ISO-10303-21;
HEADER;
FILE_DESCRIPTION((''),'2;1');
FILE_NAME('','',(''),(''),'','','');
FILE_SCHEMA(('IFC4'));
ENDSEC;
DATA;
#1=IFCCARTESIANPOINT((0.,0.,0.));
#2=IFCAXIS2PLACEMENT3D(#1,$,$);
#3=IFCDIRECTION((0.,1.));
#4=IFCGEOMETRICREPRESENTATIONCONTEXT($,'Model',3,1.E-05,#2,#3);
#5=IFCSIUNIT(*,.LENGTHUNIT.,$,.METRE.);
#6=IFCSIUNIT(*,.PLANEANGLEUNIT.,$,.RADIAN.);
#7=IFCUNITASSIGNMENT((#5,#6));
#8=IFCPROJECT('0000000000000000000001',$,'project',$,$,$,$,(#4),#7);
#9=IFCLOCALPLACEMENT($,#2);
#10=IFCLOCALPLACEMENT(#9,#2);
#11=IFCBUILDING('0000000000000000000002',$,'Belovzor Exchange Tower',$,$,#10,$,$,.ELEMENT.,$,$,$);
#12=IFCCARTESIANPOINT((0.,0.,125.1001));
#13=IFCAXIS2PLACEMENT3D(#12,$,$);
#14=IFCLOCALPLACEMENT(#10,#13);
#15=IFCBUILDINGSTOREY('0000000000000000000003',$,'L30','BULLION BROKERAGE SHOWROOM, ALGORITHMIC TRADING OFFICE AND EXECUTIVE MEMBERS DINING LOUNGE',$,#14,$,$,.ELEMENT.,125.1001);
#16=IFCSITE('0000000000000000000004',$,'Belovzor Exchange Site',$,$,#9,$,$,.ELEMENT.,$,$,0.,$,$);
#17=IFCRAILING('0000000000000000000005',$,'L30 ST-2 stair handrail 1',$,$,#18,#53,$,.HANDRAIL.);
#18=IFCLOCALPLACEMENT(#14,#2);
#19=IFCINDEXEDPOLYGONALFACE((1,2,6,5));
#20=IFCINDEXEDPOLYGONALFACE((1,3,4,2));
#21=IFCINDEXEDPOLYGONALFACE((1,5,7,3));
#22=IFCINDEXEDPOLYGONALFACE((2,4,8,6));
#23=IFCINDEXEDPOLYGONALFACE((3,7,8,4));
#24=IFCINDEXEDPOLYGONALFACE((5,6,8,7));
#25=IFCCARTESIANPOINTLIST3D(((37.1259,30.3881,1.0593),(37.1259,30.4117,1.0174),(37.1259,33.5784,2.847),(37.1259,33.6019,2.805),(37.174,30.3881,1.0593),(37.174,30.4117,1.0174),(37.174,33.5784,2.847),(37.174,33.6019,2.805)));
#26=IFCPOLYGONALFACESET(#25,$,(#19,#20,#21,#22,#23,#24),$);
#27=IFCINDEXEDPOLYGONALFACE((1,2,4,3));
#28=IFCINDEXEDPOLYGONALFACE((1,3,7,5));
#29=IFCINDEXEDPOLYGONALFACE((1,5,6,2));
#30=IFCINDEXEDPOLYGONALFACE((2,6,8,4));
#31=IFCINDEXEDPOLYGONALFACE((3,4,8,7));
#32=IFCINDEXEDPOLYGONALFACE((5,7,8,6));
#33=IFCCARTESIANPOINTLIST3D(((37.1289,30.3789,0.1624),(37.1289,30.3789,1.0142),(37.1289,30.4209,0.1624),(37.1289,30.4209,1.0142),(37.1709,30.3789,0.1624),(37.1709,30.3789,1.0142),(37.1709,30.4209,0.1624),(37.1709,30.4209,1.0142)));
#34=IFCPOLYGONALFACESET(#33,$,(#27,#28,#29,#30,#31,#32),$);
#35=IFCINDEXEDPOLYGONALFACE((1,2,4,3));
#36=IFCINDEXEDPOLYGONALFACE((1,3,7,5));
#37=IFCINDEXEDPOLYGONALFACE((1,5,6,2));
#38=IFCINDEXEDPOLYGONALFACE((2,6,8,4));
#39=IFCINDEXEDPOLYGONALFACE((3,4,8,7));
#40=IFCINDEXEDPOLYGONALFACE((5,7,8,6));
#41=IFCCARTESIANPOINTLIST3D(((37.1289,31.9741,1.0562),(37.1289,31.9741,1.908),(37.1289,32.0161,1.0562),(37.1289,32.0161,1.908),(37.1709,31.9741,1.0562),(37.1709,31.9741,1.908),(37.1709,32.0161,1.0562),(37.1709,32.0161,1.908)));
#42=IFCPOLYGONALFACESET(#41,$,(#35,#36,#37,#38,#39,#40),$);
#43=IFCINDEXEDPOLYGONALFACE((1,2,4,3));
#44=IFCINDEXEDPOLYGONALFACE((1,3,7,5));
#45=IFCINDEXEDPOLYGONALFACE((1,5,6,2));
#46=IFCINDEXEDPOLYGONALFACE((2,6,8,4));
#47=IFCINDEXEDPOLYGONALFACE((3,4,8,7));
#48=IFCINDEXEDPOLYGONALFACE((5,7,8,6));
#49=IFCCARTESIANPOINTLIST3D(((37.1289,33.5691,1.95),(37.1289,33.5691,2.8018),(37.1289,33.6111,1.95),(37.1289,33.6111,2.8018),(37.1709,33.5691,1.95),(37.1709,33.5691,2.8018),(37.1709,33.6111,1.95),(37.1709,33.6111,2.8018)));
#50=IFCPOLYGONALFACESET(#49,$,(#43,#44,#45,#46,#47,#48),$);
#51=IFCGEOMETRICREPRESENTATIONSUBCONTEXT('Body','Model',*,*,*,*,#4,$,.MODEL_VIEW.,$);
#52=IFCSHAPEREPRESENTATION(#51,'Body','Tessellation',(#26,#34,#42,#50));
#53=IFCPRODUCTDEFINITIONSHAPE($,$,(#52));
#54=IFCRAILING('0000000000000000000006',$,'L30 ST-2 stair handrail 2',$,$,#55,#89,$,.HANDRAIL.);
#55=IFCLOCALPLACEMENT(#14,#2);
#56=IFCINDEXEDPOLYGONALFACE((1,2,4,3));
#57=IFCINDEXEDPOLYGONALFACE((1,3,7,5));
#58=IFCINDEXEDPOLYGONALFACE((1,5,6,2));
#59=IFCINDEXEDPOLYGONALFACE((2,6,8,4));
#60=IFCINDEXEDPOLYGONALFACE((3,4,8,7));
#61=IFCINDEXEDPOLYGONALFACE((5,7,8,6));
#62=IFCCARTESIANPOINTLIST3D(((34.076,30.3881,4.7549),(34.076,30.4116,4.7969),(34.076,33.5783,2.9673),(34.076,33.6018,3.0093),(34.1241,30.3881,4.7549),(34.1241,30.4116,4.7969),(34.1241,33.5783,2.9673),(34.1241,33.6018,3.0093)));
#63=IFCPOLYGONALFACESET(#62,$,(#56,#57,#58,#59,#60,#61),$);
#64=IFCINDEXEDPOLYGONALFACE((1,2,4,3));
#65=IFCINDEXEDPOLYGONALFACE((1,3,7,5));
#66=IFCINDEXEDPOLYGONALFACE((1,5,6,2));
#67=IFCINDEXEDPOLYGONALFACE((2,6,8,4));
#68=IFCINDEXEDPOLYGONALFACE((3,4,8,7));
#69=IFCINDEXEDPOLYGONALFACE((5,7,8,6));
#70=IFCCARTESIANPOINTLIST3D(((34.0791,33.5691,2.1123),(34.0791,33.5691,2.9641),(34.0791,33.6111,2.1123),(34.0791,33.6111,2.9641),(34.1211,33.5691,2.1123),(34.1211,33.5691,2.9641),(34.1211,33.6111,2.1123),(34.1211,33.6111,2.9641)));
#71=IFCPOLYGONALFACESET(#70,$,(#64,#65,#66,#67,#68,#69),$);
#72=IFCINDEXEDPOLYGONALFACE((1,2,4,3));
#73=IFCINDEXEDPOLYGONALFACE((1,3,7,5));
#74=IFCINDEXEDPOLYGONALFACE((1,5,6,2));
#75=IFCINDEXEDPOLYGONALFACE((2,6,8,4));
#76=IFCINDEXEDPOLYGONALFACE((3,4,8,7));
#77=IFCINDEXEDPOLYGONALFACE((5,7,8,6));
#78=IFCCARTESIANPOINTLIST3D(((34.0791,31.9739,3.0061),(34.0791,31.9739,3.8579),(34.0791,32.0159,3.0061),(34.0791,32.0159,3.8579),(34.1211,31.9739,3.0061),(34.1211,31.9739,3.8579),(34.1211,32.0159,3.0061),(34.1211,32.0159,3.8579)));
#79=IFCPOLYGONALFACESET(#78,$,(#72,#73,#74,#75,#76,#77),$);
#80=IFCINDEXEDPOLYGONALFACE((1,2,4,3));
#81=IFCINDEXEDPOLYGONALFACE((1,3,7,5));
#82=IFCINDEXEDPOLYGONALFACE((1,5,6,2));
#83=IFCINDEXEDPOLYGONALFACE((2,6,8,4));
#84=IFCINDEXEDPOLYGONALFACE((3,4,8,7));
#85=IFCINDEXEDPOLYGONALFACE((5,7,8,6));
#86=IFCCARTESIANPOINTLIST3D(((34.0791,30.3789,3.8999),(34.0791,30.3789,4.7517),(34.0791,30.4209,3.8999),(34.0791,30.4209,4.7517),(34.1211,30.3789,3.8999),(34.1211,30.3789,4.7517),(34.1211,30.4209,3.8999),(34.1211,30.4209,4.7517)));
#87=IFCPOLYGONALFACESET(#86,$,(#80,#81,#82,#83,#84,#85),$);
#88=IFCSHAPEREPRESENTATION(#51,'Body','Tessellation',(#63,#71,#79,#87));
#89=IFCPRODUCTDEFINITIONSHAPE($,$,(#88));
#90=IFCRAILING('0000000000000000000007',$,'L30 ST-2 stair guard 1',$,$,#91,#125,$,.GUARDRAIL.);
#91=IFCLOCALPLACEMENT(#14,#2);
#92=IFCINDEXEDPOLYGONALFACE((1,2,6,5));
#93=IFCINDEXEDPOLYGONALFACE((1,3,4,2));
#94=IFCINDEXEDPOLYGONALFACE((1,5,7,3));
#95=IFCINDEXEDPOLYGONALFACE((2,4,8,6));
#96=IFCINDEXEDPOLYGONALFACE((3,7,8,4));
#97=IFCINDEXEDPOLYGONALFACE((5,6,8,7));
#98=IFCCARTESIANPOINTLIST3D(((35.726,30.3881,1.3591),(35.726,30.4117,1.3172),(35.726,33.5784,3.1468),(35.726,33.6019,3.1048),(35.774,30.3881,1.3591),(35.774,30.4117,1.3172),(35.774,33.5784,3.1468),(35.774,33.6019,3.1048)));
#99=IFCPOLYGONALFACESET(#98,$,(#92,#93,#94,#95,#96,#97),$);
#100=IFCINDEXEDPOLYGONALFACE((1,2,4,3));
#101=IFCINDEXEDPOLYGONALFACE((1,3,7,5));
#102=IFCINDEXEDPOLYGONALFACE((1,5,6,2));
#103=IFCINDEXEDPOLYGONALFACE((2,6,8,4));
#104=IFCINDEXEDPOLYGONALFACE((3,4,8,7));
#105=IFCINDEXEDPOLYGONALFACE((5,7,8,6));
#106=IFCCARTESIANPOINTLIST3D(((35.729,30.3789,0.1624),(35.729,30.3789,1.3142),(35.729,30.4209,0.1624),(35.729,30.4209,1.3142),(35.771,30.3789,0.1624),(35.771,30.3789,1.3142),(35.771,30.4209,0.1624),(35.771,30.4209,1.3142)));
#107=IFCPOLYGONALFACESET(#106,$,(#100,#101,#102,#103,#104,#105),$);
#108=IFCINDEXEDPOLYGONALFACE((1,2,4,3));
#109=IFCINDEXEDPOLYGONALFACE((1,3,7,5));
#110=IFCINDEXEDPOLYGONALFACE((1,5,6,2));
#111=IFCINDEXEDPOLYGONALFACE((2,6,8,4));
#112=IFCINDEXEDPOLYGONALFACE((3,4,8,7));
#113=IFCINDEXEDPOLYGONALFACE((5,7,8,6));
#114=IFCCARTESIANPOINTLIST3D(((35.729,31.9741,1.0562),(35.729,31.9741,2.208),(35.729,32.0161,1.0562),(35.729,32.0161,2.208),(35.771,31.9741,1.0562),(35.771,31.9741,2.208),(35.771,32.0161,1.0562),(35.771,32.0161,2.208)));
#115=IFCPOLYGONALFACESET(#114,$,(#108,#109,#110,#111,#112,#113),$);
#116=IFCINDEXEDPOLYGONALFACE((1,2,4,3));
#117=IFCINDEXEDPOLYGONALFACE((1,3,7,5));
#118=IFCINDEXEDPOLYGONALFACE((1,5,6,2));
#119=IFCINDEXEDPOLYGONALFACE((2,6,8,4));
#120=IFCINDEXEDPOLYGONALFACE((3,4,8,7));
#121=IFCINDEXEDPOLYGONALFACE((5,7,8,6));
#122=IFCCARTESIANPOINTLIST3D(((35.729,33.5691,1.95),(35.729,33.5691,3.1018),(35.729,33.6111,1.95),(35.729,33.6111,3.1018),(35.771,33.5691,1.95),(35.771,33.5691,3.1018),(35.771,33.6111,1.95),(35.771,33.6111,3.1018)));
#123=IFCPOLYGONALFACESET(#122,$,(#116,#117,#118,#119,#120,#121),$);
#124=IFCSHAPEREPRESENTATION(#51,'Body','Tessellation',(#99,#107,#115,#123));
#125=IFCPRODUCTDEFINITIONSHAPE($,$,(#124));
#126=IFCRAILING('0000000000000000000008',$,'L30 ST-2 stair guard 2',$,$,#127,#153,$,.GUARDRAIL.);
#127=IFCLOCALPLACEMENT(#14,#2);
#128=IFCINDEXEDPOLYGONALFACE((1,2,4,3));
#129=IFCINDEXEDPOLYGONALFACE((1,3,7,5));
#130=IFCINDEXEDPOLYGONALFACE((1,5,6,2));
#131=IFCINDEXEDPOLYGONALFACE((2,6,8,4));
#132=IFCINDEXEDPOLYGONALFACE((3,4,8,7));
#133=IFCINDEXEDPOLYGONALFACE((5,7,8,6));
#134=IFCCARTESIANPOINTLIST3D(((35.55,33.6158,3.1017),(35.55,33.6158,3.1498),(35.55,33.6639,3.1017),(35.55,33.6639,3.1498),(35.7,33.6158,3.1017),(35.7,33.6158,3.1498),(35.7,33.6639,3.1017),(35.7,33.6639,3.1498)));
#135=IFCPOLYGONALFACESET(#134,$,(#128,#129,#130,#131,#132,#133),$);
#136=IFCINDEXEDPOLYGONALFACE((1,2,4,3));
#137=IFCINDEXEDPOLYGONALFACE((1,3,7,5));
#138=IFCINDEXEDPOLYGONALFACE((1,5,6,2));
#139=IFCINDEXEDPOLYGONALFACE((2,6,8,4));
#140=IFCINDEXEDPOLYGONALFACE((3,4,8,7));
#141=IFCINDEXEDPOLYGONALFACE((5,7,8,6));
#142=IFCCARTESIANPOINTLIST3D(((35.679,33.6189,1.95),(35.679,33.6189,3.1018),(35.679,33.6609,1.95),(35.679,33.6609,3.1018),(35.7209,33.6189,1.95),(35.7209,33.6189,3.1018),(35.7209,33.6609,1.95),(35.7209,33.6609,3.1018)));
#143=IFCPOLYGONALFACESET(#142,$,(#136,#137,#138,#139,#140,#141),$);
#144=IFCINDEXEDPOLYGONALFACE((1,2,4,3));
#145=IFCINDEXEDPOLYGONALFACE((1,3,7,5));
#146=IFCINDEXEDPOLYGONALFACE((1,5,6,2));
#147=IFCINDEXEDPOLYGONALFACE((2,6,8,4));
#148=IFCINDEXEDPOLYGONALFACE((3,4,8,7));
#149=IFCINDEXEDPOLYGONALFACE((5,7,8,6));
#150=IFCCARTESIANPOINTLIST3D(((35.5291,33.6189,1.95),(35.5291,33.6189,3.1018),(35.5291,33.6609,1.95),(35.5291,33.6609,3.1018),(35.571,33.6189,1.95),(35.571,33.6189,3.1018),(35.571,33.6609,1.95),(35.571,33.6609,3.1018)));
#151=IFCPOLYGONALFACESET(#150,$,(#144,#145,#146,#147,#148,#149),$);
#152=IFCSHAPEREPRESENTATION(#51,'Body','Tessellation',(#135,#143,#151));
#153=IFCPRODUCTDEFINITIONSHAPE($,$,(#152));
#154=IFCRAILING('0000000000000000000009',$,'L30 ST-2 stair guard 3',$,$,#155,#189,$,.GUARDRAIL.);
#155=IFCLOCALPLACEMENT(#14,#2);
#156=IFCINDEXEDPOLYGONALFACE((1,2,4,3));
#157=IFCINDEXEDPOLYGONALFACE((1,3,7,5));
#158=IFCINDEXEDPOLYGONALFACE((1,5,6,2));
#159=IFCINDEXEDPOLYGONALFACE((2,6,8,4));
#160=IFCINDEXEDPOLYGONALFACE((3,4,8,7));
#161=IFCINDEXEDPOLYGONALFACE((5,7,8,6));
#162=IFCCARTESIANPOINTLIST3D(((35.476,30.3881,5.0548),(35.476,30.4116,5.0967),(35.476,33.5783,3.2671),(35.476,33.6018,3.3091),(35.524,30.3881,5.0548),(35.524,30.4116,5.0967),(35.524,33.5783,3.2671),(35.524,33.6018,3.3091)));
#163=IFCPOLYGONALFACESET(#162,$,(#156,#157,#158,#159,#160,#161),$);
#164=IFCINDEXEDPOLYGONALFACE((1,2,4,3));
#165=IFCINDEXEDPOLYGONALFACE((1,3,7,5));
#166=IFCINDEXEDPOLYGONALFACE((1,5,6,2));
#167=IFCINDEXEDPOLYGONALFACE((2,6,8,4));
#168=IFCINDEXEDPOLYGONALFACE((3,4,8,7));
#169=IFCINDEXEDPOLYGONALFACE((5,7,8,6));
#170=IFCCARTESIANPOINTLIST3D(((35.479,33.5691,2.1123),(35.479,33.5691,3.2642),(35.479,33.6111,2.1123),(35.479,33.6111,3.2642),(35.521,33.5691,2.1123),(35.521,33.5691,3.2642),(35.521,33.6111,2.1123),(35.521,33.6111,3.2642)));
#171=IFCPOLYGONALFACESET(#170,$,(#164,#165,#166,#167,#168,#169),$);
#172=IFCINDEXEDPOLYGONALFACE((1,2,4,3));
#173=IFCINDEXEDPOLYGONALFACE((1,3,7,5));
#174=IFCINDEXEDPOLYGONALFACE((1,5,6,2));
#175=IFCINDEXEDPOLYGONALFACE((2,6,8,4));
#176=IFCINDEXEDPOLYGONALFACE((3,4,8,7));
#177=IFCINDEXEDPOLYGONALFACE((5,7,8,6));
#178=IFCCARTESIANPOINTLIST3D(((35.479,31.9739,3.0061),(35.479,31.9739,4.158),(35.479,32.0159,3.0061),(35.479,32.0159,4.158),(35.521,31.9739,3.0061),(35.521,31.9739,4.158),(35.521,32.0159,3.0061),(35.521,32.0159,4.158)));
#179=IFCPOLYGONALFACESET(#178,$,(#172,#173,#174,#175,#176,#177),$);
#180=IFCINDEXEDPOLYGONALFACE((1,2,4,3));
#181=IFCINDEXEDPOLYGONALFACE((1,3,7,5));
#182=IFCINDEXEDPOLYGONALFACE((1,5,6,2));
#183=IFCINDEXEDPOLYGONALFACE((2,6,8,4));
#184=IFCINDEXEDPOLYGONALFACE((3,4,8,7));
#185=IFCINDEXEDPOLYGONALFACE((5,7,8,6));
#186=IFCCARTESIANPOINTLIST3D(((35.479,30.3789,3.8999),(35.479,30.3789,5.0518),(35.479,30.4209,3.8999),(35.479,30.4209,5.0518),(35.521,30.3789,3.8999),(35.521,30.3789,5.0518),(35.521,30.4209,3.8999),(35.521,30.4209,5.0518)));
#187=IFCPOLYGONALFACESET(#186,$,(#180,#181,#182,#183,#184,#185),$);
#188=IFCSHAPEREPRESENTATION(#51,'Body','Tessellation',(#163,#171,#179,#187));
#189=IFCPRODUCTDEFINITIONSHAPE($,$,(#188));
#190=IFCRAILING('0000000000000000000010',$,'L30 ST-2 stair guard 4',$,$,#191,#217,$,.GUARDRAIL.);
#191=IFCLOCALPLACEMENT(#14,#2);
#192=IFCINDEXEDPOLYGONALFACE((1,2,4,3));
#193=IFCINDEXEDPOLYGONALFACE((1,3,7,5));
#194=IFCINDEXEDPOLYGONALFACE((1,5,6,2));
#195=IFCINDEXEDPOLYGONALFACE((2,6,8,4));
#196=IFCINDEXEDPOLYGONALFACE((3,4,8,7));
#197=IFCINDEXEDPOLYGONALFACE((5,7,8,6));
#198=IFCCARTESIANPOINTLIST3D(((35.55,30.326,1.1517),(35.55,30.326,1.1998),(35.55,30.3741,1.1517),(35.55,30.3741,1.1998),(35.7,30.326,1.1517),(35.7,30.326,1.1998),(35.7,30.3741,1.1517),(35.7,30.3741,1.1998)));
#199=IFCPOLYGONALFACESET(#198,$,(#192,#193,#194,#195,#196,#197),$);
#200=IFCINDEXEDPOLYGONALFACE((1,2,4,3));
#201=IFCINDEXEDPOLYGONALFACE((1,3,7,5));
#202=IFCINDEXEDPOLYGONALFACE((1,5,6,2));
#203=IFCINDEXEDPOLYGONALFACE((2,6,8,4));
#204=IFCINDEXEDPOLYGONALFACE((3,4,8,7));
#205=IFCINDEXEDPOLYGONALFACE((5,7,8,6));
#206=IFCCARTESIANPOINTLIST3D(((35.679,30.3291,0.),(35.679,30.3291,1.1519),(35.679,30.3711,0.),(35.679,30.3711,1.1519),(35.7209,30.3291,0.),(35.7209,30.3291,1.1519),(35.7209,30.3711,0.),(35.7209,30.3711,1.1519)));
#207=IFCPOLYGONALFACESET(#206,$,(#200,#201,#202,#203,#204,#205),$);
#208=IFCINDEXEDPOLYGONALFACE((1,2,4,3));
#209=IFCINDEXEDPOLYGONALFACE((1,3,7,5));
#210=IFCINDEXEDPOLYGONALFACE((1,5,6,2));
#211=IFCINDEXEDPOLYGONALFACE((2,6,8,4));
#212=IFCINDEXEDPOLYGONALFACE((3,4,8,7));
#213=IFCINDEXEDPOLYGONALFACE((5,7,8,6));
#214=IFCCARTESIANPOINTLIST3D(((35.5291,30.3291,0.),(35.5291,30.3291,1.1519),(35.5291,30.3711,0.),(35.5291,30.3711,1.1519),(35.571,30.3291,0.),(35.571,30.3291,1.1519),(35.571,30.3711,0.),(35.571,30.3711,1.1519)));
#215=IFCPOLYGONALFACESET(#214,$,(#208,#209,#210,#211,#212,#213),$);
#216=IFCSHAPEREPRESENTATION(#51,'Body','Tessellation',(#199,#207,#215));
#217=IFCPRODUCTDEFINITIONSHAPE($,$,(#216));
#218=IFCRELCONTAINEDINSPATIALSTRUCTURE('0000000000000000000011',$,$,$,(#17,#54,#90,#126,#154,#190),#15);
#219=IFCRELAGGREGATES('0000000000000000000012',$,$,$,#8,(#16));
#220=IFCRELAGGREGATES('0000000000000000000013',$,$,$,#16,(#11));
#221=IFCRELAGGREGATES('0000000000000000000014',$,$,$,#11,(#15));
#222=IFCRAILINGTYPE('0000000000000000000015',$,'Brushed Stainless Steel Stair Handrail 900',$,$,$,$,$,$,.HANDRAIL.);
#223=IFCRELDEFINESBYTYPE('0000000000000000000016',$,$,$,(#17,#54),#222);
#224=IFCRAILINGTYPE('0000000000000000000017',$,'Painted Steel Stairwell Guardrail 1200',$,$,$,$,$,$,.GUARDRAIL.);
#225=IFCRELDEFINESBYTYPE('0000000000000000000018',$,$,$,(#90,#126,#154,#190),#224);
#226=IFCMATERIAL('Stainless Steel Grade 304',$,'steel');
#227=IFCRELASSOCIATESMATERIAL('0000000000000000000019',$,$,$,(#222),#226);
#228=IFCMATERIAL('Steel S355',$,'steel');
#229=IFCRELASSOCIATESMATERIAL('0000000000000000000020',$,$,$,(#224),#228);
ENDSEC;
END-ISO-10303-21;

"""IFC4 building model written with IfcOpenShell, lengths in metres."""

from ifc_helpers import new_model, si_unit, direction, frame, origin, origin_2d, place, context, subcontext, project, spatial, rectangle, extrude, material, type_object, element, save


model = new_model("IFC4")

# Units and contexts
model_context = context("Model", 3, precision=1e-05, world=origin(), true_north=direction((0.0, 1.0)))
body_context = subcontext(model_context, "Body", "Model", "MODEL_VIEW")
ifc_project = project(units=[si_unit("LENGTHUNIT", "METRE"), si_unit("PLANEANGLEUNIT", "RADIAN")], contexts=[model_context])

# Site, building, storey
site_placement = place(None, origin())
site = spatial("IfcSite", under=ifc_project, at=site_placement, Name="Belovzor Exchange Site", CompositionType="ELEMENT", RefElevation=0.0)
building_placement = place(site_placement, origin())
building = spatial("IfcBuilding", under=site, at=building_placement, Name="Belovzor Exchange Tower", CompositionType="ELEMENT")
storey_placement = place(building_placement, frame((0.0, 0.0, 125.1001)))
storey = spatial("IfcBuildingStorey", under=building, at=storey_placement, Name="L30", Description="BULLION BROKERAGE SHOWROOM, ALGORITHMIC TRADING OFFICE AND EXECUTIVE MEMBERS DINING LOUNGE", CompositionType="ELEMENT", Elevation=125.1001)

# Railings
ifc_material_1 = material(Name="Stainless Steel Grade 304", Category="steel")
railing_type_1 = type_object("IfcRailingType", Name="Brushed Stainless Steel Stair Handrail 900", PredefinedType="HANDRAIL", material=ifc_material_1)
railing_1_placement = place(storey_placement, frame((37.1499, 30.3999, 0.1624)))
element("IfcRailing", 1, at=railing_1_placement, inside=storey, type_object=railing_type_1, Name="L30 ST-2 stair handrail 1", PredefinedType="HANDRAIL", context=body_context, shape_type="SweptSolid", body=[
    extrude(rectangle(XDim=0.0481, YDim=0.0481, at=origin_2d()), frame((0.0, 0.0, 0.876), z_axis=(0.0, 0.872378, 0.488831), x_axis=(-1.0, 0.0, 0.0)), (0.0, 0.0, 1.0), 3.657),
    extrude(rectangle(XDim=0.042, YDim=0.042, at=origin_2d()), origin(), (0.0, 0.0, 1.0), 0.8518),
    extrude(rectangle(XDim=0.042, YDim=0.042, at=origin_2d()), frame((0.0, 1.5952, 0.8938)), (0.0, 0.0, 1.0), 0.8518),
    extrude(rectangle(XDim=0.042, YDim=0.042, at=origin_2d()), frame((0.0, 3.1902, 1.7876)), (0.0, 0.0, 1.0), 0.8518),
])
railing_2_placement = place(storey_placement, frame((34.1001, 33.5901, 2.1123)))
element("IfcRailing", 2, at=railing_2_placement, inside=storey, type_object=railing_type_1, Name="L30 ST-2 stair handrail 2", PredefinedType="HANDRAIL", context=body_context, shape_type="SweptSolid", body=[
    extrude(rectangle(XDim=0.0481, YDim=0.0481, at=origin_2d()), frame((0.0, 0.0, 0.876), z_axis=(0.0, -0.872378, 0.488831), x_axis=(1.0, 0.0, 0.0)), (0.0, 0.0, 1.0), 3.657),
    extrude(rectangle(XDim=0.042, YDim=0.042, at=origin_2d()), origin(), (0.0, 0.0, 1.0), 0.8518),
    extrude(rectangle(XDim=0.042, YDim=0.042, at=origin_2d()), frame((0.0, -1.5952, 0.8938)), (0.0, 0.0, 1.0), 0.8518),
    extrude(rectangle(XDim=0.042, YDim=0.042, at=origin_2d()), frame((0.0, -3.1902, 1.7876)), (0.0, 0.0, 1.0), 0.8518),
])
ifc_material_2 = material(Name="Steel S355", Category="steel")
railing_type_2 = type_object("IfcRailingType", Name="Painted Steel Stairwell Guardrail 1200", PredefinedType="GUARDRAIL", material=ifc_material_2)
railing_3_placement = place(storey_placement, frame((35.75, 30.3999, 0.1624)))
element("IfcRailing", 3, at=railing_3_placement, inside=storey, type_object=railing_type_2, Name="L30 ST-2 stair guard 1", PredefinedType="GUARDRAIL", context=body_context, shape_type="SweptSolid", body=[
    extrude(rectangle(XDim=0.0481, YDim=0.0481, at=origin_2d()), frame((0.0, 0.0, 1.1758), z_axis=(0.0, 0.872378, 0.488831), x_axis=(-1.0, 0.0, 0.0)), (0.0, 0.0, 1.0), 3.657),
    extrude(rectangle(XDim=0.042, YDim=0.042, at=origin_2d()), origin(), (0.0, 0.0, 1.0), 1.1519),
    extrude(rectangle(XDim=0.042, YDim=0.042, at=origin_2d()), frame((0.0, 1.5952, 0.8938)), (0.0, 0.0, 1.0), 1.1519),
    extrude(rectangle(XDim=0.042, YDim=0.042, at=origin_2d()), frame((0.0, 3.1902, 1.7876)), (0.0, 0.0, 1.0), 1.1519),
])
railing_4_placement = place(storey_placement, frame((35.7, 33.6399, 1.95)))
element("IfcRailing", 4, at=railing_4_placement, inside=storey, type_object=railing_type_2, Name="L30 ST-2 stair guard 2", PredefinedType="GUARDRAIL", context=body_context, shape_type="SweptSolid", body=[
    extrude(rectangle(XDim=0.0481, YDim=0.0481, at=origin_2d()), frame((0.0, 0.0, 1.1758), z_axis=(-1.0, 0.0, 0.0), x_axis=(0.0, -1.0, 0.0)), (0.0, 0.0, 1.0), 0.1499),
    extrude(rectangle(XDim=0.042, YDim=0.042, at=origin_2d()), origin(), (0.0, 0.0, 1.0), 1.1519),
    extrude(rectangle(XDim=0.042, YDim=0.042, at=origin_2d()), frame((-0.1499, 0.0, 0.0)), (0.0, 0.0, 1.0), 1.1519),
])
railing_5_placement = place(storey_placement, frame((35.5, 33.5901, 2.1123)))
element("IfcRailing", 5, at=railing_5_placement, inside=storey, type_object=railing_type_2, Name="L30 ST-2 stair guard 3", PredefinedType="GUARDRAIL", context=body_context, shape_type="SweptSolid", body=[
    extrude(rectangle(XDim=0.0481, YDim=0.0481, at=origin_2d()), frame((0.0, 0.0, 1.1758), z_axis=(0.0, -0.872378, 0.488831), x_axis=(1.0, 0.0, 0.0)), (0.0, 0.0, 1.0), 3.657),
    extrude(rectangle(XDim=0.042, YDim=0.042, at=origin_2d()), origin(), (0.0, 0.0, 1.0), 1.1519),
    extrude(rectangle(XDim=0.042, YDim=0.042, at=origin_2d()), frame((0.0, -1.5952, 0.8938)), (0.0, 0.0, 1.0), 1.1519),
    extrude(rectangle(XDim=0.042, YDim=0.042, at=origin_2d()), frame((0.0, -3.1902, 1.7876)), (0.0, 0.0, 1.0), 1.1519),
])
railing_6_placement = place(storey_placement, frame((35.7, 30.3501, 0.0)))
element("IfcRailing", 6, at=railing_6_placement, inside=storey, type_object=railing_type_2, Name="L30 ST-2 stair guard 4", PredefinedType="GUARDRAIL", context=body_context, shape_type="SweptSolid", body=[
    extrude(rectangle(XDim=0.0481, YDim=0.0481, at=origin_2d()), frame((0.0, 0.0, 1.1758), z_axis=(-1.0, 0.0, 0.0), x_axis=(0.0, -1.0, 0.0)), (0.0, 0.0, 1.0), 0.1499),
    extrude(rectangle(XDim=0.042, YDim=0.042, at=origin_2d()), origin(), (0.0, 0.0, 1.0), 1.1519),
    extrude(rectangle(XDim=0.042, YDim=0.042, at=origin_2d()), frame((-0.1499, 0.0, 0.0)), (0.0, 0.0, 1.0), 1.1519),
])

save(model, "model.ifc")
